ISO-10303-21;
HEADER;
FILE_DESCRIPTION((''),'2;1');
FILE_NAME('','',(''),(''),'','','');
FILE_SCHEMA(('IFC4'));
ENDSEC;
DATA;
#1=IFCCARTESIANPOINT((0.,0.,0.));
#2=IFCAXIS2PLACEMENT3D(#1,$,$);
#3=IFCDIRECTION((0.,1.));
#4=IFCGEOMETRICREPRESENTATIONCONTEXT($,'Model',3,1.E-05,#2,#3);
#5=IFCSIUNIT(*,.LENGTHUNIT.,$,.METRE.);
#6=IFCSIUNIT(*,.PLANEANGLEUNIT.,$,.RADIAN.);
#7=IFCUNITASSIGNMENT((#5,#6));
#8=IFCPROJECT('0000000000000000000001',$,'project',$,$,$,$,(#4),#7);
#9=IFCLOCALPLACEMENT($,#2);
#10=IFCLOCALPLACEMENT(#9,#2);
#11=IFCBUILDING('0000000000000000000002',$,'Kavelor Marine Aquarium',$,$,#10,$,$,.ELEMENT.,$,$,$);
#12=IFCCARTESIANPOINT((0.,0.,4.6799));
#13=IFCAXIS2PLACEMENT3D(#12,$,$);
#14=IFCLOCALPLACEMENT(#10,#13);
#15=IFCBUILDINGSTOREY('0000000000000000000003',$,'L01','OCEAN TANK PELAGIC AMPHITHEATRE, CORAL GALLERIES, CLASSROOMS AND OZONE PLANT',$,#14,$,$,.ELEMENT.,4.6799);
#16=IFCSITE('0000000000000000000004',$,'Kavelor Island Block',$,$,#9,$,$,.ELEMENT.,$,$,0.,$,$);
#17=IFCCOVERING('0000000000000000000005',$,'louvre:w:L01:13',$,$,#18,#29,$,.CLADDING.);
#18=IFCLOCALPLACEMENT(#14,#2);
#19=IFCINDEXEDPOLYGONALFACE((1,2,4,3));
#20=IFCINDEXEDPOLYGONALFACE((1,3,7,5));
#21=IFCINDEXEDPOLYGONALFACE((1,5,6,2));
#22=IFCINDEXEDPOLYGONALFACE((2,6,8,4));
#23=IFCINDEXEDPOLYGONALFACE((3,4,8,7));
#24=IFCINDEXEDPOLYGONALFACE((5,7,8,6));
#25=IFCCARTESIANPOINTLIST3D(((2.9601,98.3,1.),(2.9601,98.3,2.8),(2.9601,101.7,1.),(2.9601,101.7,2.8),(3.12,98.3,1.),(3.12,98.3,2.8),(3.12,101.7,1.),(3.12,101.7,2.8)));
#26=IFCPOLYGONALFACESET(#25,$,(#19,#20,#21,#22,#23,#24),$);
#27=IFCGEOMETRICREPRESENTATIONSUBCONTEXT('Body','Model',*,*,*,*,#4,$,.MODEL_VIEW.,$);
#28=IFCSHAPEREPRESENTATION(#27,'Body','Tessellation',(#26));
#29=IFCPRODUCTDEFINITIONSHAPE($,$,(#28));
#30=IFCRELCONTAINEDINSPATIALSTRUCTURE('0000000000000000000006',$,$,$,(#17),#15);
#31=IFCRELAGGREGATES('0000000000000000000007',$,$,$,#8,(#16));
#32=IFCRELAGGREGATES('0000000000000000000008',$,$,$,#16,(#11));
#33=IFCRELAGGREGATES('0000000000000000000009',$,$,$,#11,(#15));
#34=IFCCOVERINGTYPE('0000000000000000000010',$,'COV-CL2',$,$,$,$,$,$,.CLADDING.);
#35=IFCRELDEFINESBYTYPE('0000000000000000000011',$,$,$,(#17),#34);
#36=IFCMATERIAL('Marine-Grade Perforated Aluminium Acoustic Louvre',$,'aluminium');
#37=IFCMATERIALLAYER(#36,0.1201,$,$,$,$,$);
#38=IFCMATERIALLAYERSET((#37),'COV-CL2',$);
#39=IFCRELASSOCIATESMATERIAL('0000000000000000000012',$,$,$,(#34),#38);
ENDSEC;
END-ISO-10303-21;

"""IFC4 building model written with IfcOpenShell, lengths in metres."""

from ifc_helpers import new_model, si_unit, direction, frame, origin, origin_2d, place, context, subcontext, project, spatial, rectangle, extrude, material, layer, layer_set, type_object, element, save


model = new_model("IFC4")

# Units and contexts
model_context = context("Model", 3, precision=1e-05, world=origin(), true_north=direction((0.0, 1.0)))
body_context = subcontext(model_context, "Body", "Model", "MODEL_VIEW")
ifc_project = project(units=[si_unit("LENGTHUNIT", "METRE"), si_unit("PLANEANGLEUNIT", "RADIAN")], contexts=[model_context])

# Site, building, storey
site_placement = place(None, origin())
site = spatial("IfcSite", under=ifc_project, at=site_placement, Name="Kavelor Island Block", CompositionType="ELEMENT", RefElevation=0.0)
building_placement = place(site_placement, origin())
building = spatial("IfcBuilding", under=site, at=building_placement, Name="Kavelor Marine Aquarium", CompositionType="ELEMENT")
storey_placement = place(building_placement, frame((0.0, 0.0, 4.6799)))
storey = spatial("IfcBuildingStorey", under=building, at=storey_placement, Name="L01", Description="OCEAN TANK PELAGIC AMPHITHEATRE, CORAL GALLERIES, CLASSROOMS AND OZONE PLANT", CompositionType="ELEMENT", Elevation=4.6799)

# Covering
ifc_material_1 = material(Name="Marine-Grade Perforated Aluminium Acoustic Louvre", Category="aluminium")
ifc_layer_1 = layer(ifc_material_1, 0.1201)
ifc_layer_set_1 = layer_set([ifc_layer_1], Name="COV-CL2")
covering_type = type_object("IfcCoveringType", Name="COV-CL2", PredefinedType="CLADDING", material=ifc_layer_set_1)
covering_placement = place(storey_placement, frame((3.04, 100.0, 1.0), z_axis=(0.0, 0.0, 1.0), x_axis=(1.0, 0.0, 0.0)))
element("IfcCovering", 1, at=covering_placement, inside=storey, type_object=covering_type, Name="louvre:w:L01:13", PredefinedType="CLADDING", context=body_context, shape_type="SweptSolid", body=[
    extrude(rectangle(XDim=0.1599, YDim=3.3999, at=origin_2d()), origin(), (0.0, 0.0, 1.0), 1.8),
])

save(model, "model.ifc")
